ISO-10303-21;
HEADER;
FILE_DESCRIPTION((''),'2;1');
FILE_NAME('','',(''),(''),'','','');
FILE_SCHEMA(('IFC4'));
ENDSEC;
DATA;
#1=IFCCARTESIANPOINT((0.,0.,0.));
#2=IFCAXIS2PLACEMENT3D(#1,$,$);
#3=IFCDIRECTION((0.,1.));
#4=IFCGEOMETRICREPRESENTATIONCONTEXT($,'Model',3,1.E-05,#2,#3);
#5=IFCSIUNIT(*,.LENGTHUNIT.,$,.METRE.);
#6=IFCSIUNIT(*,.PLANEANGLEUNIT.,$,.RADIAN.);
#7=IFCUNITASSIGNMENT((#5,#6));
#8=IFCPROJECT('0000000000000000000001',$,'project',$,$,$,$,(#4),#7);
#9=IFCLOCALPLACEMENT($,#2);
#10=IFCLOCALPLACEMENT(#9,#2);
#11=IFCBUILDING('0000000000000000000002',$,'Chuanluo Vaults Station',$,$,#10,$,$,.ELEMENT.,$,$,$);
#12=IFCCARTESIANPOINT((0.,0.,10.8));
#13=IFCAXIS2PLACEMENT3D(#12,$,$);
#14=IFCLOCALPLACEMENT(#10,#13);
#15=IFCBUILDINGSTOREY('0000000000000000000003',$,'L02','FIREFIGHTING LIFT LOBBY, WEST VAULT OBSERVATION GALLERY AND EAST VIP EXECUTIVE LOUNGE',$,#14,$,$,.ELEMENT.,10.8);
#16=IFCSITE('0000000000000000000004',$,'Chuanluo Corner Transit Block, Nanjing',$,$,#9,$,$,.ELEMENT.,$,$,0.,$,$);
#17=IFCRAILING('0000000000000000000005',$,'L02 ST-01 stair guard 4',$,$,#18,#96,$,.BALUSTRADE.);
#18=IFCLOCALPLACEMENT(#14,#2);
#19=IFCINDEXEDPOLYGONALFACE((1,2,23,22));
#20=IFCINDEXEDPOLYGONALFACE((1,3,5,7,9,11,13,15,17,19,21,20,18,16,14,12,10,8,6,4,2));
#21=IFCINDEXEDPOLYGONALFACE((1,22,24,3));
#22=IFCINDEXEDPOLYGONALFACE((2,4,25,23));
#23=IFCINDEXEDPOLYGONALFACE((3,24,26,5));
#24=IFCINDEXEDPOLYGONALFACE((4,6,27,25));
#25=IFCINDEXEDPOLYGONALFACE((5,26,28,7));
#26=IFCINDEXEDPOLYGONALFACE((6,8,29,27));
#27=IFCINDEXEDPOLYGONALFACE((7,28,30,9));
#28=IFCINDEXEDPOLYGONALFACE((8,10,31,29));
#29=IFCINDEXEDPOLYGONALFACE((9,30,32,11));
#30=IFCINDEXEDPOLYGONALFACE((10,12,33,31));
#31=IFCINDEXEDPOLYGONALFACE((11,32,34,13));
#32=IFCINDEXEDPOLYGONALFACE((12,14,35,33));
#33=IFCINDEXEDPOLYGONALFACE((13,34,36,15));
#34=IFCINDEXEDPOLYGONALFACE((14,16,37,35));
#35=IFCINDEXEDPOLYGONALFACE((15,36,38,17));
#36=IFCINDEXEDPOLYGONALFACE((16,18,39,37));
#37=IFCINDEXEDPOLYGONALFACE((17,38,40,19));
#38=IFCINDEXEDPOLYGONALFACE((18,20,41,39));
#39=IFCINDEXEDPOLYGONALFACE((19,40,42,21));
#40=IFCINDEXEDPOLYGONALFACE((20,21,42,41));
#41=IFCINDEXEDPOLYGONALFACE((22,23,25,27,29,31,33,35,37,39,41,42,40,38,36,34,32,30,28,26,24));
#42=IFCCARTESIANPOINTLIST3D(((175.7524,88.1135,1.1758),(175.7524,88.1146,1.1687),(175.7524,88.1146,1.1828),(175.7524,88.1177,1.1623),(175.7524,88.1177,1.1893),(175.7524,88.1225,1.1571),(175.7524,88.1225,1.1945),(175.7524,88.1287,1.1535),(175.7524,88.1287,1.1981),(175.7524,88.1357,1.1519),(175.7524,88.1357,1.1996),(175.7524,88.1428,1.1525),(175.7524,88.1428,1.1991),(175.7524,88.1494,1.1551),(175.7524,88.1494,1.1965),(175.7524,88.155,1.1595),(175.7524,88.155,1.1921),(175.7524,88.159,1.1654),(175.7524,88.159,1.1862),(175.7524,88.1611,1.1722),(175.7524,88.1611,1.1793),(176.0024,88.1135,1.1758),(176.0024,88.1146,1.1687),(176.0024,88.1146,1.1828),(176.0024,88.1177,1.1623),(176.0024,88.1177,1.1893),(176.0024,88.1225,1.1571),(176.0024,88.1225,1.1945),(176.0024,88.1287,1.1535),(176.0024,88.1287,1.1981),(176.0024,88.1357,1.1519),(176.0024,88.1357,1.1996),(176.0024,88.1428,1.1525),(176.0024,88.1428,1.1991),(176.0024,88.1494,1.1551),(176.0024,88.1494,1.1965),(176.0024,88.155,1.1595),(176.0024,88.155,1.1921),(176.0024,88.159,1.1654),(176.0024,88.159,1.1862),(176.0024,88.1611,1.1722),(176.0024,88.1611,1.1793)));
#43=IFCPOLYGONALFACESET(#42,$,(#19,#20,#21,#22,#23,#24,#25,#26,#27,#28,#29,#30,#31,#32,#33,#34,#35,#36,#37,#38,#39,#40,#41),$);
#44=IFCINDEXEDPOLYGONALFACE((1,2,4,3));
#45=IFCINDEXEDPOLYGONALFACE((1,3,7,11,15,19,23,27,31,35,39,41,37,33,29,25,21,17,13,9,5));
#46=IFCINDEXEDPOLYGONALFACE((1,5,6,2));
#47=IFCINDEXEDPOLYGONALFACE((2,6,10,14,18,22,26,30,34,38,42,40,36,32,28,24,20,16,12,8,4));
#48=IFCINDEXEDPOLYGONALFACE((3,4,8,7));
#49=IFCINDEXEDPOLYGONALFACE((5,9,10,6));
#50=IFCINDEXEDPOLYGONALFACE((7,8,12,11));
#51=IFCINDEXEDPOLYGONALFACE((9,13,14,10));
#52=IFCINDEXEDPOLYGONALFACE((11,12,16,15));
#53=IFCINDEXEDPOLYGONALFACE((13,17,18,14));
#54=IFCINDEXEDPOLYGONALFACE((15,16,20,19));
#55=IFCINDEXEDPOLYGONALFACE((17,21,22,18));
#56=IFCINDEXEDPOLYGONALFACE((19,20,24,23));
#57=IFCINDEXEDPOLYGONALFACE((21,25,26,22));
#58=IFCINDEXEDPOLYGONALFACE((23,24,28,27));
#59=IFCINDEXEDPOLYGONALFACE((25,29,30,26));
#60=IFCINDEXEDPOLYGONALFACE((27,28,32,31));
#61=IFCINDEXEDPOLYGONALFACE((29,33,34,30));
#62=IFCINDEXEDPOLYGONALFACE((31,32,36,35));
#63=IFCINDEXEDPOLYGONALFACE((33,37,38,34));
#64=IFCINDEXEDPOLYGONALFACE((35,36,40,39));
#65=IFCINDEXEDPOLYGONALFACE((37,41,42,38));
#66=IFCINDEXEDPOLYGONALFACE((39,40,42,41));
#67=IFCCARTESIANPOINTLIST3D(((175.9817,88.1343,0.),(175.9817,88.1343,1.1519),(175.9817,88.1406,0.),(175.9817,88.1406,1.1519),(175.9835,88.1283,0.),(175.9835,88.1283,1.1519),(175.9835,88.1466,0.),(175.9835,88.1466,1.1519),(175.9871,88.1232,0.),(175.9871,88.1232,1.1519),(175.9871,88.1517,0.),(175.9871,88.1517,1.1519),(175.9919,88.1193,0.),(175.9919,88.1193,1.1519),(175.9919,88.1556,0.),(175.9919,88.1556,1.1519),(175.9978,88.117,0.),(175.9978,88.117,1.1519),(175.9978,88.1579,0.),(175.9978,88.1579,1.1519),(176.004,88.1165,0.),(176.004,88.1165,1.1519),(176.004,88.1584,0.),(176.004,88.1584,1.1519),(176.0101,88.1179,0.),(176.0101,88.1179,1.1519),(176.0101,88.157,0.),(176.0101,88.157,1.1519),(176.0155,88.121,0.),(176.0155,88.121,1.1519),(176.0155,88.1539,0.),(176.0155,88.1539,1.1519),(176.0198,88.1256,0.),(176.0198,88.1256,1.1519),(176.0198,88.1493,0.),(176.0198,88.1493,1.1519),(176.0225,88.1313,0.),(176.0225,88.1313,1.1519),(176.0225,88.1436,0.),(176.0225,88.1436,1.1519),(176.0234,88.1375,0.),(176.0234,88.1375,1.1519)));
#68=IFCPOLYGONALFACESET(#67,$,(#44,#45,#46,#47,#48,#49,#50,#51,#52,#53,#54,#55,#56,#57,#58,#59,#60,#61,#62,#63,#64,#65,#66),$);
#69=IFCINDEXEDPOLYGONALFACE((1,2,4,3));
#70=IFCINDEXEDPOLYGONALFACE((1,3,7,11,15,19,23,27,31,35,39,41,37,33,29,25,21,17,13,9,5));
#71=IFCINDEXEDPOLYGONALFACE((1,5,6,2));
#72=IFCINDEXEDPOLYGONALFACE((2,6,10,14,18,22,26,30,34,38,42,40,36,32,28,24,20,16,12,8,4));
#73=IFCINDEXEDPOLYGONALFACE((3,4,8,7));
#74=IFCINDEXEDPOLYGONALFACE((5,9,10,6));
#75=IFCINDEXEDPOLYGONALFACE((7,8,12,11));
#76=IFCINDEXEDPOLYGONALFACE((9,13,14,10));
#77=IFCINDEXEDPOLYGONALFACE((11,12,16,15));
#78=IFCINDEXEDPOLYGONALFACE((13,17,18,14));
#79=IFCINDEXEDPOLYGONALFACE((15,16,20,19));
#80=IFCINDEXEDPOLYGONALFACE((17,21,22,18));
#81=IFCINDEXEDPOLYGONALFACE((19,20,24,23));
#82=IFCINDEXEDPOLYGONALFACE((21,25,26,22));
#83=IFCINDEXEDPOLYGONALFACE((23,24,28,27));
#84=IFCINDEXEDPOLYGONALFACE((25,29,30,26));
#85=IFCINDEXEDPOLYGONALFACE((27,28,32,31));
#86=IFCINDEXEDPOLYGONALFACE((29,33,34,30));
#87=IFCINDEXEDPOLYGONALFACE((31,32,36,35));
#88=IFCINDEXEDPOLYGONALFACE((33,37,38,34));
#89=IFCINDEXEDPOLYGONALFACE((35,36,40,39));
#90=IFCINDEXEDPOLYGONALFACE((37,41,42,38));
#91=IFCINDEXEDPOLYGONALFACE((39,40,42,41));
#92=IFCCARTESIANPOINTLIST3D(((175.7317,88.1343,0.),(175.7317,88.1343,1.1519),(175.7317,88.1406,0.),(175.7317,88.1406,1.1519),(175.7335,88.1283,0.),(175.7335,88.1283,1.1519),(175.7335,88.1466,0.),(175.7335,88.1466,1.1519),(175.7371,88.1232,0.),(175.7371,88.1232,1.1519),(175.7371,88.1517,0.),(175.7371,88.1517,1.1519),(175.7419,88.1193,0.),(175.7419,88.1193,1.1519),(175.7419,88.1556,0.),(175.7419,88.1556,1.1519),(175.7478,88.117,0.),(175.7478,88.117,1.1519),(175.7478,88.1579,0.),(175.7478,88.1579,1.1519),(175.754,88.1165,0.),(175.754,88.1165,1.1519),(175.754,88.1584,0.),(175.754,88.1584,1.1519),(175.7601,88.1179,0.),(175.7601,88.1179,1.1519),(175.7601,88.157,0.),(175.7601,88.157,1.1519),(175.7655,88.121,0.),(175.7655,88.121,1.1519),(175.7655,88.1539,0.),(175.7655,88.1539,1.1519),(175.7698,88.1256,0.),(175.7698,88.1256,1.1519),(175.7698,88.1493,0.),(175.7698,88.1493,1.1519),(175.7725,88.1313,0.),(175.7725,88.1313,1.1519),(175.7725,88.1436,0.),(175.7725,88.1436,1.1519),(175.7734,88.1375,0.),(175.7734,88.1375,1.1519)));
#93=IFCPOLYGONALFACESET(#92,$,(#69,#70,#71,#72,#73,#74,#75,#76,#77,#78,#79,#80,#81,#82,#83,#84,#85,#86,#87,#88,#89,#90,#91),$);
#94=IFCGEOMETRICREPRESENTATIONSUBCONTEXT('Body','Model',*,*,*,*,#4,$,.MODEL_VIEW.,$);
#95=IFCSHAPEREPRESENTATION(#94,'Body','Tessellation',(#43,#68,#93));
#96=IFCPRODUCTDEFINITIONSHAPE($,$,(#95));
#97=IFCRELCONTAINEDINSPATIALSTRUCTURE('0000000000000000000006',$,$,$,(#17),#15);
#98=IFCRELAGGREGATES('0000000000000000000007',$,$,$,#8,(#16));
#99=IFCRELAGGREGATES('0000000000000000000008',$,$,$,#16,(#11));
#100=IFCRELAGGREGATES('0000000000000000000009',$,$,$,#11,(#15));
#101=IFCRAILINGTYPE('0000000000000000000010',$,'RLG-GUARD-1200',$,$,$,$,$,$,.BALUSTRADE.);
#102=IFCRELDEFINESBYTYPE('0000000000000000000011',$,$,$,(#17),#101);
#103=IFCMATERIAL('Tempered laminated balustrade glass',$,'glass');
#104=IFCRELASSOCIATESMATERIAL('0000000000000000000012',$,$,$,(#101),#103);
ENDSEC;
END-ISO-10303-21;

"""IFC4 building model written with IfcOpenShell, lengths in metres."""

from ifc_helpers import new_model, si_unit, direction, frame, origin, origin_2d, place, context, subcontext, project, spatial, circle, extrude, material, type_object, element, save


model = new_model("IFC4")

# Units and contexts
model_context = context("Model", 3, precision=1e-05, world=origin(), true_north=direction((0.0, 1.0)))
body_context = subcontext(model_context, "Body", "Model", "MODEL_VIEW")
ifc_project = project(units=[si_unit("LENGTHUNIT", "METRE"), si_unit("PLANEANGLEUNIT", "RADIAN")], contexts=[model_context])

# Site, building, storey
site_placement = place(None, origin())
site = spatial("IfcSite", under=ifc_project, at=site_placement, Name="Chuanluo Corner Transit Block, Nanjing", CompositionType="ELEMENT", RefElevation=0.0)
building_placement = place(site_placement, origin())
building = spatial("IfcBuilding", under=site, at=building_placement, Name="Chuanluo Vaults Station", CompositionType="ELEMENT")
storey_placement = place(building_placement, frame((0.0, 0.0, 10.8)))
storey = spatial("IfcBuildingStorey", under=building, at=storey_placement, Name="L02", Description="FIREFIGHTING LIFT LOBBY, WEST VAULT OBSERVATION GALLERY AND EAST VIP EXECUTIVE LOUNGE", CompositionType="ELEMENT", Elevation=10.8)

# Railing
ifc_material_1 = material(Name="Tempered laminated balustrade glass", Category="glass")
railing_type_1 = type_object("IfcRailingType", Name="RLG-GUARD-1200", PredefinedType="BALUSTRADE", material=ifc_material_1)
railing_1_placement = place(storey_placement, frame((176.0024, 88.1375, 0.0)))
element("IfcRailing", 1, at=railing_1_placement, inside=storey, type_object=railing_type_1, Name="L02 ST-01 stair guard 4", PredefinedType="BALUSTRADE", context=body_context, shape_type="SweptSolid", body=[
    extrude(circle(Radius=0.0239, at=origin_2d()), frame((0.0, 0.0, 1.1758), z_axis=(-1.0, 0.0, 0.0), x_axis=(0.0, -1.0, 0.0)), (0.0, 0.0, 1.0), 0.25),
    extrude(circle(Radius=0.021, at=origin_2d()), origin(), (0.0, 0.0, 1.0), 1.1519),
    extrude(circle(Radius=0.021, at=origin_2d()), frame((-0.25, 0.0, 0.0)), (0.0, 0.0, 1.0), 1.1519),
])

save(model, "model.ifc")
